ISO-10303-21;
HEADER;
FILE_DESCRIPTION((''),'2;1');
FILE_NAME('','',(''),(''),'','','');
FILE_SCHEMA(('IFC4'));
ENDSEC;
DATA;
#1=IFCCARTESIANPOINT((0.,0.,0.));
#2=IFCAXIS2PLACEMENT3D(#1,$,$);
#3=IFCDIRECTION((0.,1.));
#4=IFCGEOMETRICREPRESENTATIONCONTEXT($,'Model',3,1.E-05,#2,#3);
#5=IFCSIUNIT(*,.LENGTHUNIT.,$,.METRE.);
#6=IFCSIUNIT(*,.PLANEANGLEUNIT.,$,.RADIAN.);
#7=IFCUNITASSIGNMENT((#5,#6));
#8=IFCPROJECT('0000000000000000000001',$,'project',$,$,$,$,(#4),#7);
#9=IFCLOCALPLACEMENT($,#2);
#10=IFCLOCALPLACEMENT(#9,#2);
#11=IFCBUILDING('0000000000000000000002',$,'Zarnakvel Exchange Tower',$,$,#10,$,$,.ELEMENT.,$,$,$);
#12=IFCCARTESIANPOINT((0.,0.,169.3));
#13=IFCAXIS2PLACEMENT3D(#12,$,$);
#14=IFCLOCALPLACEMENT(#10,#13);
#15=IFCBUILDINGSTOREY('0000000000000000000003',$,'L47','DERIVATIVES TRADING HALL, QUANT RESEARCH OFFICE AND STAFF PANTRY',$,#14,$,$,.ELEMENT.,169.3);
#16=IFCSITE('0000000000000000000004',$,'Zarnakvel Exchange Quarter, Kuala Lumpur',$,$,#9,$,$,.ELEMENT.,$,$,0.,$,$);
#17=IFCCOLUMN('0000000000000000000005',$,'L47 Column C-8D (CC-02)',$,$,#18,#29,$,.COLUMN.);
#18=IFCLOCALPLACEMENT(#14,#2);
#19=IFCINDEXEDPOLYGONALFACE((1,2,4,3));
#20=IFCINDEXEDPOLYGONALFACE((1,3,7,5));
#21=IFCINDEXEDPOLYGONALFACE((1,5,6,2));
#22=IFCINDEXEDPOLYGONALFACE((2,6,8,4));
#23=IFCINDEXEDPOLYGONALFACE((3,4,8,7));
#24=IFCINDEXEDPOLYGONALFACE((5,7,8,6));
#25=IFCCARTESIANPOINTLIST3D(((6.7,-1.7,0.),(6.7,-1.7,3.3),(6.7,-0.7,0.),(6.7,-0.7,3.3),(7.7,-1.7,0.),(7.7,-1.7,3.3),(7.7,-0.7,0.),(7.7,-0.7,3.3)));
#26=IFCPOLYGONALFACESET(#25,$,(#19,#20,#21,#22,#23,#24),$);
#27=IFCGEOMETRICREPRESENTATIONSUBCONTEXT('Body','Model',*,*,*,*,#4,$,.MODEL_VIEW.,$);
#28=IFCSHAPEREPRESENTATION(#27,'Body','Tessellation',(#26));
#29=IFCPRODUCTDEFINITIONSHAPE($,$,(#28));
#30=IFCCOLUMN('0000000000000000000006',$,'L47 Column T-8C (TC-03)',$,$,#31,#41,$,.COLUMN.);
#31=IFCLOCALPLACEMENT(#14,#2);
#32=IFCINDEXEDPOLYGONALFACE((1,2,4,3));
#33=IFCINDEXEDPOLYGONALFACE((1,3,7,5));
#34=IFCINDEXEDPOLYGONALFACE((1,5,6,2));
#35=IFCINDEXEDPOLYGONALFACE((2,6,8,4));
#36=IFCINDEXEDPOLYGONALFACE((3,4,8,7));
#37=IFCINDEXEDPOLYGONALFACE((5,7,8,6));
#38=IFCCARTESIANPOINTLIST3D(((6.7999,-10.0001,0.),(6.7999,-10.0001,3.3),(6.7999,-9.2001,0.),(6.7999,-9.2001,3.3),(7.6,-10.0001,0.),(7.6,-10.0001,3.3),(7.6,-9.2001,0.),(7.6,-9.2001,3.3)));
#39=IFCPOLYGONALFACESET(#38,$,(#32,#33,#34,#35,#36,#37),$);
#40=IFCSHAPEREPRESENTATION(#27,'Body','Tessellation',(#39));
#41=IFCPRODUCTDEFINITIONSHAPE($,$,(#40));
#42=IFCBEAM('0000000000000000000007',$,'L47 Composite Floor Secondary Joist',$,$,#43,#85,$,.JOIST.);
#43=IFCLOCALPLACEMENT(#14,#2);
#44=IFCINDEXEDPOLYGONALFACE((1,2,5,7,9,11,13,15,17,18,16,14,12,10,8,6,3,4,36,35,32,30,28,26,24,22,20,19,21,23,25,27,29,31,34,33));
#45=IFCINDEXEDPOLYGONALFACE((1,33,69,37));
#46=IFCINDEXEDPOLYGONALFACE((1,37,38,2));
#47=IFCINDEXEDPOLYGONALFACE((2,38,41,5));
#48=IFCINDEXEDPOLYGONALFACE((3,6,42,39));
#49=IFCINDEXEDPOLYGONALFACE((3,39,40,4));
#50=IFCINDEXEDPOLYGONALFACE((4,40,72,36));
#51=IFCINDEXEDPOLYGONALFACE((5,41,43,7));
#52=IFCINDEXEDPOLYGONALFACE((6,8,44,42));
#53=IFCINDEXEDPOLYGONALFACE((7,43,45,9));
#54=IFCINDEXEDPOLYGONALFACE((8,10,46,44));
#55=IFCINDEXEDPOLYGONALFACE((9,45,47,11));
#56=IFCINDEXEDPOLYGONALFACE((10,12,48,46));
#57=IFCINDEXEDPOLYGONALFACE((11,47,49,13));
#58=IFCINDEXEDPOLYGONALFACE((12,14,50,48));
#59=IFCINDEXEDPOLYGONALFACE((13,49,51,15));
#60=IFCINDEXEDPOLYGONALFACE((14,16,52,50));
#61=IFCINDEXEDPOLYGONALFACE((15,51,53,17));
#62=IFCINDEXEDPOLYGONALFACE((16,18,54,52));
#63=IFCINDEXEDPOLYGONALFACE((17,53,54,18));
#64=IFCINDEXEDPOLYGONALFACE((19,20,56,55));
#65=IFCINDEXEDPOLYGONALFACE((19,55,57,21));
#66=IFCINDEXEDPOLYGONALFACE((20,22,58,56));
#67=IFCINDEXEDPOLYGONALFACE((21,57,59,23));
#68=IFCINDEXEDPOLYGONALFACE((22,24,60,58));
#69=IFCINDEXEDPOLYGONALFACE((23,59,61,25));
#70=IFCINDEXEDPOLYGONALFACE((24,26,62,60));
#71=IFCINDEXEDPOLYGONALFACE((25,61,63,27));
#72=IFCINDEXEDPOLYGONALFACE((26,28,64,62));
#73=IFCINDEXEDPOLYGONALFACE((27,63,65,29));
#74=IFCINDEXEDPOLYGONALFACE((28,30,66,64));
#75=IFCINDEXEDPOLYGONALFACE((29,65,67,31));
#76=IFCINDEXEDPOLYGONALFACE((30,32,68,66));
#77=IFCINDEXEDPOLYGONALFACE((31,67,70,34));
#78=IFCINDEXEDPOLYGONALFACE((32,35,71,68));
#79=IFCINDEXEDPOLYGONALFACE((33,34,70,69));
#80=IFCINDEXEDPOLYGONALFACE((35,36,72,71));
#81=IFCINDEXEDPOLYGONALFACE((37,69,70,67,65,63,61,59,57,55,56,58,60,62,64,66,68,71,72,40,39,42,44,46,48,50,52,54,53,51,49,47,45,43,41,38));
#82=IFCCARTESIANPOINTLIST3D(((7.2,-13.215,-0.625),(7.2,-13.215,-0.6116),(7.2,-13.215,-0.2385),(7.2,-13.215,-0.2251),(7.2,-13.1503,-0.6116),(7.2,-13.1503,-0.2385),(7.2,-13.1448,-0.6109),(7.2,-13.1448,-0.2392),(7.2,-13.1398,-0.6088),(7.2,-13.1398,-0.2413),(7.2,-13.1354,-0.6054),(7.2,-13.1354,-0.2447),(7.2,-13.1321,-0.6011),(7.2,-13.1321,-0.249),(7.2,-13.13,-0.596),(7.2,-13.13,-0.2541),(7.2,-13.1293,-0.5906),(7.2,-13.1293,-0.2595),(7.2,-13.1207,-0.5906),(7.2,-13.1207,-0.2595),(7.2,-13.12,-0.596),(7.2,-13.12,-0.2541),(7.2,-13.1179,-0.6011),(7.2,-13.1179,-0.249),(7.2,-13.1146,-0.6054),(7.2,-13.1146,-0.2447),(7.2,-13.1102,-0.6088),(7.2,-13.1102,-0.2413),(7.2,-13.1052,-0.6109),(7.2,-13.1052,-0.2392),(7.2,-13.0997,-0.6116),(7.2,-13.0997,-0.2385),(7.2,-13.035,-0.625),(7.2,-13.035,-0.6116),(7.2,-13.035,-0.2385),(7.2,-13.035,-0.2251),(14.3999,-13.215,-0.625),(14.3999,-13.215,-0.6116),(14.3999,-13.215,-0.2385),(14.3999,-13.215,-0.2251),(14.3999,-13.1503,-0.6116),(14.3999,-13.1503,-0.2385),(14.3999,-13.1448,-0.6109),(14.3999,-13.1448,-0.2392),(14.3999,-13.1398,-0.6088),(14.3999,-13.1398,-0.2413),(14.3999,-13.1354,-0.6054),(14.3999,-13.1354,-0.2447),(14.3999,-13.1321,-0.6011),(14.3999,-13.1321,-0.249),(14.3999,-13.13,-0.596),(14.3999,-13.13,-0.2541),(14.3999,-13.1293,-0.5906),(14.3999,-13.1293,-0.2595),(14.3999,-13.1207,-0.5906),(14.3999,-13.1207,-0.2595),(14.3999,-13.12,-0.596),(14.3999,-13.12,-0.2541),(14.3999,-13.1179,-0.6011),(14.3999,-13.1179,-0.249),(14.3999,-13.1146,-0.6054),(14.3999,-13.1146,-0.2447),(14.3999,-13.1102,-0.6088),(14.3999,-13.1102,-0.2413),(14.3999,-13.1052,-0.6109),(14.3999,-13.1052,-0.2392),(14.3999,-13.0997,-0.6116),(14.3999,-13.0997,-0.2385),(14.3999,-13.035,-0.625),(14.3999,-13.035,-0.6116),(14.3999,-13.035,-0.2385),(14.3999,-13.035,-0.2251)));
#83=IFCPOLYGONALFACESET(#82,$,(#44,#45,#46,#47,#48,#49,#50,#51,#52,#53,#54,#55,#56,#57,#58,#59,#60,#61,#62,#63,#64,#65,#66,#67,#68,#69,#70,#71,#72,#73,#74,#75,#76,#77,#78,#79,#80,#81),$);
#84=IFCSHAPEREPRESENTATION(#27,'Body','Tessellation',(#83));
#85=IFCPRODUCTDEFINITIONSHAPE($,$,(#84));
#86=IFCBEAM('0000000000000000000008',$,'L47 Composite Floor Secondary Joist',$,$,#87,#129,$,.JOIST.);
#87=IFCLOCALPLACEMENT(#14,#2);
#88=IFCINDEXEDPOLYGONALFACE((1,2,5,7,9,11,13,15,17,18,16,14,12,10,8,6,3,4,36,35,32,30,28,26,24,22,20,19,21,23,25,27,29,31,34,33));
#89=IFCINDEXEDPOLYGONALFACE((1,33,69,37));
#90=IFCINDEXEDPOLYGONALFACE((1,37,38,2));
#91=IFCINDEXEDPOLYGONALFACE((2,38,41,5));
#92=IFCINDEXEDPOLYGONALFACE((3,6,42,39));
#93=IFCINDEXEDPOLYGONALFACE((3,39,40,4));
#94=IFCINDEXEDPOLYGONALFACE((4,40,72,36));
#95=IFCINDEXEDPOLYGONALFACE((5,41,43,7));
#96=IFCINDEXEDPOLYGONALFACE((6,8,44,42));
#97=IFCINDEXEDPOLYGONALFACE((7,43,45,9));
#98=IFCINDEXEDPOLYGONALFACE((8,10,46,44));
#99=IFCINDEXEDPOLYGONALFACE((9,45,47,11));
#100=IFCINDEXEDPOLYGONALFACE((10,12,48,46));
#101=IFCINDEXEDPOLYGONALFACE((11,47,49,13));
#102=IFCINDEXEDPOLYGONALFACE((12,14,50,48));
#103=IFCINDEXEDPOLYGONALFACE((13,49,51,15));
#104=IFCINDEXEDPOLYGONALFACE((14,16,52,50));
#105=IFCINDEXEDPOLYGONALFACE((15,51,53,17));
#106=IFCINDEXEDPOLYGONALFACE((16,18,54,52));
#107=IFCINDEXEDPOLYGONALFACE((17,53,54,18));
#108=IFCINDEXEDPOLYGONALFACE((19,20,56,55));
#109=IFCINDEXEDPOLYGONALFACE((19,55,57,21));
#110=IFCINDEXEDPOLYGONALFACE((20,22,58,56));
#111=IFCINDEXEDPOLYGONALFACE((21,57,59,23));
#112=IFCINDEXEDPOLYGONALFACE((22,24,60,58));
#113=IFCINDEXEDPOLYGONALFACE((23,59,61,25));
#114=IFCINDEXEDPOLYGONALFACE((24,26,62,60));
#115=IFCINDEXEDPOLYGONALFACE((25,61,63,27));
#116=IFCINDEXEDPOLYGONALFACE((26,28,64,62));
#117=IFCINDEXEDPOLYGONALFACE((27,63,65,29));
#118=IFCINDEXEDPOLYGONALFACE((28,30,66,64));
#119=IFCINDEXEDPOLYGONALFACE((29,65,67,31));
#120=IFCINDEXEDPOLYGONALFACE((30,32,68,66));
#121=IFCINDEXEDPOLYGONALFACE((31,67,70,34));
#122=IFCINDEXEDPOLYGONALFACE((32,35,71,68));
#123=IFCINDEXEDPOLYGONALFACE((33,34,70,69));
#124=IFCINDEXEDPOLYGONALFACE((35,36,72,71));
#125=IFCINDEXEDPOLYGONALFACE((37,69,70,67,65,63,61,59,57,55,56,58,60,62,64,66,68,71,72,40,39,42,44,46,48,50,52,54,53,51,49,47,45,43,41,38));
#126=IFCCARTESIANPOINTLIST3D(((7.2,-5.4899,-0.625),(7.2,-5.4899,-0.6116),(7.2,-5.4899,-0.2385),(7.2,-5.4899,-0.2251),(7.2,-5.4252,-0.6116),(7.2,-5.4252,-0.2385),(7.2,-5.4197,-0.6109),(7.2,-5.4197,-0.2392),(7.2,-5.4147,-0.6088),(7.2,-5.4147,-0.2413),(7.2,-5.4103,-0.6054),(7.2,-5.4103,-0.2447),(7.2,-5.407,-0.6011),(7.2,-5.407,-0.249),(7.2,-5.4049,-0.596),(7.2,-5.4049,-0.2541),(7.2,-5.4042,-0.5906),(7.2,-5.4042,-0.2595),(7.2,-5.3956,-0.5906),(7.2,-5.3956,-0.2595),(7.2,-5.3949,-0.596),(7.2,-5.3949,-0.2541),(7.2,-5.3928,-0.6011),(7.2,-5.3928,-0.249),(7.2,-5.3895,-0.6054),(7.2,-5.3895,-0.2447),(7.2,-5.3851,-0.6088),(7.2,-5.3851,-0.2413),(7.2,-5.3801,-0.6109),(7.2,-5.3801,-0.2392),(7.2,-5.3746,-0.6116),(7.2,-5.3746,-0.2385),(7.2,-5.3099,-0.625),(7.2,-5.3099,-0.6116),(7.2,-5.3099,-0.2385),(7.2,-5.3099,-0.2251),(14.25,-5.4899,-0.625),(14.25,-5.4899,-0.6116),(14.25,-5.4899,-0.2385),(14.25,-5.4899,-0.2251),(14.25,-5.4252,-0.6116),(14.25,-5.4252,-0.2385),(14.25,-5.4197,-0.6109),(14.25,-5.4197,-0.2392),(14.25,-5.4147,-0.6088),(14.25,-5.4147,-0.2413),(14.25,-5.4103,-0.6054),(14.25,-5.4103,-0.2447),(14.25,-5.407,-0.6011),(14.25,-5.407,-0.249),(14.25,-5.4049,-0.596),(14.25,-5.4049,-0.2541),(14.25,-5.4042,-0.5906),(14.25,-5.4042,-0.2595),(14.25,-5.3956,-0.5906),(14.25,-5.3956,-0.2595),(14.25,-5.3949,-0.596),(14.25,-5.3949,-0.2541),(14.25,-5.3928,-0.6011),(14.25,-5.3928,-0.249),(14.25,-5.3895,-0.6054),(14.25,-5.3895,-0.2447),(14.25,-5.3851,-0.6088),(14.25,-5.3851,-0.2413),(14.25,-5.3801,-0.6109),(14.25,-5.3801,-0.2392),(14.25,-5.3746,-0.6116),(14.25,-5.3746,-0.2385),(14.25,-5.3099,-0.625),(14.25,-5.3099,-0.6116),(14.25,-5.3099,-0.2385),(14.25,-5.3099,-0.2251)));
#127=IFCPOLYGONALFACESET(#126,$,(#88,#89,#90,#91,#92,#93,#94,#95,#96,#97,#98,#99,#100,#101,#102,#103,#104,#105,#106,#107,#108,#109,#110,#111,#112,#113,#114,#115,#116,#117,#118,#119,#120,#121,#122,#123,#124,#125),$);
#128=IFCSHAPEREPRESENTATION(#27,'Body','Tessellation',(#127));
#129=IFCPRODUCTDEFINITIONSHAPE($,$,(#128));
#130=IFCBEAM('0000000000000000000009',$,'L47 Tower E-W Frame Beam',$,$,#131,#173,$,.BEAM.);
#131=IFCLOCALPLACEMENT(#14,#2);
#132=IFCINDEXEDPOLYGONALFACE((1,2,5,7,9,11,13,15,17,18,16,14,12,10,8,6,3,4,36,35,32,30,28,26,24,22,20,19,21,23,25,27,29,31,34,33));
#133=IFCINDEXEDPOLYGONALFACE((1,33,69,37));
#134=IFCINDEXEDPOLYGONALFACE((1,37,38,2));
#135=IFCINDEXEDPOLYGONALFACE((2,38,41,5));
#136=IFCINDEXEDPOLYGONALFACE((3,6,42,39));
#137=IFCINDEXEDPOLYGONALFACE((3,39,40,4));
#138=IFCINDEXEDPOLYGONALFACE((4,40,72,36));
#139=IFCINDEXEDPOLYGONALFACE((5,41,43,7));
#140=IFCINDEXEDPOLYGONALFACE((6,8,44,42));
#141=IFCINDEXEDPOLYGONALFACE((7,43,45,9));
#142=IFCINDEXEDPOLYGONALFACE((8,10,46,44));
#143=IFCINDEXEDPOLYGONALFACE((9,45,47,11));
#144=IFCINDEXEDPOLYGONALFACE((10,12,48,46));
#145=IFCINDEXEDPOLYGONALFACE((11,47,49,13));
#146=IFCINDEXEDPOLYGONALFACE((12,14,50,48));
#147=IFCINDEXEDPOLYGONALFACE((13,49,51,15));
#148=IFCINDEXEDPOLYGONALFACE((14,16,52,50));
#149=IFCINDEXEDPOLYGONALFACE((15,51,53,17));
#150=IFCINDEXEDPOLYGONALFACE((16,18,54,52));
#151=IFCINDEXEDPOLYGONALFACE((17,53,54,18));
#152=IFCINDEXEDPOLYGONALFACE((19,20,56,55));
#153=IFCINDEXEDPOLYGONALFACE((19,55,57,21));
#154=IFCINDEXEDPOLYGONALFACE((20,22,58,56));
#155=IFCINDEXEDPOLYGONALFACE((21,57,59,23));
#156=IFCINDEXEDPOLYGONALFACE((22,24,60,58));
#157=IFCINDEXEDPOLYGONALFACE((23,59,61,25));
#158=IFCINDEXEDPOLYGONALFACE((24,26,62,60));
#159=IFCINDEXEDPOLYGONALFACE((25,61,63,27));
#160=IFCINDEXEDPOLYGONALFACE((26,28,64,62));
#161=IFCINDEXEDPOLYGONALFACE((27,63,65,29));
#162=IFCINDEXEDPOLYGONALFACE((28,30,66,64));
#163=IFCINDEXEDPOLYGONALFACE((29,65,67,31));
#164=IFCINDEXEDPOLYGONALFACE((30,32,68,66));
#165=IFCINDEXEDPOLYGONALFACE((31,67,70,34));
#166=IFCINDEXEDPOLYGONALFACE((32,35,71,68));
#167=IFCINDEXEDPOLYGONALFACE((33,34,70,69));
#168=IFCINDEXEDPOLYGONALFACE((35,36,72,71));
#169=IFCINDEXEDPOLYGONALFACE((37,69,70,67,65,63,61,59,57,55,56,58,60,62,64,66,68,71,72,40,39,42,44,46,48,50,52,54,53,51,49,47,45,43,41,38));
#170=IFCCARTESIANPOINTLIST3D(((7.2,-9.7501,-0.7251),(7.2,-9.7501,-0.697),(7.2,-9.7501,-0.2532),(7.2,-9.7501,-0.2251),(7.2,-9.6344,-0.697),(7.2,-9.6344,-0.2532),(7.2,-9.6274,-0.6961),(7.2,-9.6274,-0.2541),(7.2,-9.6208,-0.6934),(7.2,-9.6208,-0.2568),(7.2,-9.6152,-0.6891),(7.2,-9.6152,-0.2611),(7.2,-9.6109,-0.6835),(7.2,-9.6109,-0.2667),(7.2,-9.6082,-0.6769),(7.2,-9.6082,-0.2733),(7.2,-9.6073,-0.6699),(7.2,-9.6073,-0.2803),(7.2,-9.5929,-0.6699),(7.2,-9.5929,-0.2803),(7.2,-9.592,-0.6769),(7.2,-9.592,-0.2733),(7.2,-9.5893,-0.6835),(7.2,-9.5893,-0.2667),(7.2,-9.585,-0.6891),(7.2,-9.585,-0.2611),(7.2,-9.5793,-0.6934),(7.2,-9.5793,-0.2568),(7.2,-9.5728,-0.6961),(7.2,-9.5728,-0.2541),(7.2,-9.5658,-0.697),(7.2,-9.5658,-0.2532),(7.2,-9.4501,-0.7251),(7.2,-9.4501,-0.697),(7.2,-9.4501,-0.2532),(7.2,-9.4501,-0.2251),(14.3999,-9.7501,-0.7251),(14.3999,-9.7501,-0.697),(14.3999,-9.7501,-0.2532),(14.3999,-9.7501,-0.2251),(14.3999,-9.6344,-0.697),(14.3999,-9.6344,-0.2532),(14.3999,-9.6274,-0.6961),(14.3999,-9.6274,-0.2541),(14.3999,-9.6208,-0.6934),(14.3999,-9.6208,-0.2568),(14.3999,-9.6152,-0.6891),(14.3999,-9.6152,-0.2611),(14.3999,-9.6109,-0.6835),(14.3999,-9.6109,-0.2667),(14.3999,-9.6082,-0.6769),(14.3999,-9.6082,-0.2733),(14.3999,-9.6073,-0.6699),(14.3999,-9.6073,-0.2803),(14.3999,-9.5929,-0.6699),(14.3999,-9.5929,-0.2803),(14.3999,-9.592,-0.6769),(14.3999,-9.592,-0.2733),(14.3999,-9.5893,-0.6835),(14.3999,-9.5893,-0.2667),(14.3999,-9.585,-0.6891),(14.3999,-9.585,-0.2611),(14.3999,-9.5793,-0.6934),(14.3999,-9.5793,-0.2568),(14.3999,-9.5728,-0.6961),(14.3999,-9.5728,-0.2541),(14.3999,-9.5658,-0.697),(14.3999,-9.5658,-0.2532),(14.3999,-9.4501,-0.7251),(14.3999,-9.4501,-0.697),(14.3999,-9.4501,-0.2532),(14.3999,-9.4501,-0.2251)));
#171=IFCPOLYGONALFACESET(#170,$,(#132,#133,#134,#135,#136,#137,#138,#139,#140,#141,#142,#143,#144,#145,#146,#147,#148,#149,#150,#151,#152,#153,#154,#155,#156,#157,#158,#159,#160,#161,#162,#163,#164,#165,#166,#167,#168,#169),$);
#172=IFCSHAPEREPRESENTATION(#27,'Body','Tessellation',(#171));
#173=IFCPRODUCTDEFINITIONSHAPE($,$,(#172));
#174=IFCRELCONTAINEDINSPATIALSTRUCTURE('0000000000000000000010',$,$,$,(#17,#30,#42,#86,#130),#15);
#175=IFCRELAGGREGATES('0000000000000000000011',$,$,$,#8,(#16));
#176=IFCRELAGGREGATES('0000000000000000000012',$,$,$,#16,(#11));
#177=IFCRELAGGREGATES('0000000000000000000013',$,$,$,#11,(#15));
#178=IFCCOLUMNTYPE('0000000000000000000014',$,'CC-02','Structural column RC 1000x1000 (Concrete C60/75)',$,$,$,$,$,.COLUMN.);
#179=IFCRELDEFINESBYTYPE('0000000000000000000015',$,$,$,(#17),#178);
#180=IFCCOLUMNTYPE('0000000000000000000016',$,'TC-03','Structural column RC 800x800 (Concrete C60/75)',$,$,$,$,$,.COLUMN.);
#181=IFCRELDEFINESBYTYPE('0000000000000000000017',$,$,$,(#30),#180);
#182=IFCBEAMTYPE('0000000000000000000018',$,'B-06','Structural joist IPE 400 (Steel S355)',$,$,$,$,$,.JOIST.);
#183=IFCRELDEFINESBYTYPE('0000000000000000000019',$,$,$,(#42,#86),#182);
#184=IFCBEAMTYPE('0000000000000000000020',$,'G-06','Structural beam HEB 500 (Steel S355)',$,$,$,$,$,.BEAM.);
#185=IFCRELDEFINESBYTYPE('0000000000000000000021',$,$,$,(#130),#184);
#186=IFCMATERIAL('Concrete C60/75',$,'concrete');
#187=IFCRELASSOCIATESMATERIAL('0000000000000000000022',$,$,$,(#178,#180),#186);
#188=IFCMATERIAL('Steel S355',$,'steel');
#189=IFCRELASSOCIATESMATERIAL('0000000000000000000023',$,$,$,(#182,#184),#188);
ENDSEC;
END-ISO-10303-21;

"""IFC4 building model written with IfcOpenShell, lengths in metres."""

from ifc_helpers import new_model, si_unit, direction, frame, origin, origin_2d, place, context, subcontext, project, spatial, rectangle, i_section, extrude, material, material_profile, profile_set, type_object, element, save


model = new_model("IFC4")

# Units and contexts
model_context = context("Model", 3, precision=1e-05, world=origin(), true_north=direction((0.0, 1.0)))
body_context = subcontext(model_context, "Body", "Model", "MODEL_VIEW")
ifc_project = project(units=[si_unit("LENGTHUNIT", "METRE"), si_unit("PLANEANGLEUNIT", "RADIAN")], contexts=[model_context])

# Site, building, storey
site_placement = place(None, origin())
site = spatial("IfcSite", under=ifc_project, at=site_placement, Name="Zarnakvel Exchange Quarter, Kuala Lumpur", CompositionType="ELEMENT", RefElevation=0.0)
building_placement = place(site_placement, origin())
building = spatial("IfcBuilding", under=site, at=building_placement, Name="Zarnakvel Exchange Tower", CompositionType="ELEMENT")
storey_placement = place(building_placement, frame((0.0, 0.0, 169.3)))
storey = spatial("IfcBuildingStorey", under=building, at=storey_placement, Name="L47", Description="DERIVATIVES TRADING HALL, QUANT RESEARCH OFFICE AND STAFF PANTRY", CompositionType="ELEMENT", Elevation=169.3)

# Columns
ifc_material_1 = material(Name="Concrete C60/75", Category="concrete")
ifc_material_profile_1 = material_profile(ifc_material_1, rectangle(XDim=1.0, YDim=1.0, at=origin_2d()))
ifc_profile_set_1 = profile_set([ifc_material_profile_1], Name="Concrete C60/75")
column_type_1 = type_object("IfcColumnType", Name="CC-02", Description="Structural column RC 1000x1000 (Concrete C60/75)", PredefinedType="COLUMN", material=ifc_profile_set_1)
column_1_placement = place(storey_placement, frame((7.2, -1.2, 0.0), z_axis=(0.0, 0.0, 1.0), x_axis=(1.0, 0.0, 0.0)))
element("IfcColumn", 1, at=column_1_placement, inside=storey, type_object=column_type_1, Name="L47 Column C-8D (CC-02)", PredefinedType="COLUMN", context=body_context, shape_type="SweptSolid", body=[
    extrude(rectangle(XDim=1.0, YDim=1.0, at=origin_2d()), origin(), (0.0, 0.0, 1.0), 3.3),
])
ifc_material_profile_2 = material_profile(ifc_material_1, rectangle(XDim=0.8, YDim=0.8, at=origin_2d()))
ifc_profile_set_2 = profile_set([ifc_material_profile_2], Name="Concrete C60/75")
column_type_2 = type_object("IfcColumnType", Name="TC-03", Description="Structural column RC 800x800 (Concrete C60/75)", PredefinedType="COLUMN", material=ifc_profile_set_2)
column_2_placement = place(storey_placement, frame((7.2, -9.6001, 0.0), z_axis=(0.0, 0.0, 1.0), x_axis=(1.0, 0.0, 0.0)))
element("IfcColumn", 2, at=column_2_placement, inside=storey, type_object=column_type_2, Name="L47 Column T-8C (TC-03)", PredefinedType="COLUMN", context=body_context, shape_type="SweptSolid", body=[
    extrude(rectangle(XDim=0.8, YDim=0.8, at=origin_2d()), origin(), (0.0, 0.0, 1.0), 3.3),
])

# Beams
ifc_material_2 = material(Name="Steel S355", Category="steel")
ifc_material_profile_3 = material_profile(ifc_material_2, i_section(OverallWidth=0.1799, OverallDepth=0.3999, WebThickness=0.0085, FlangeThickness=0.0134, FilletRadius=0.021, at=origin_2d()))
ifc_profile_set_3 = profile_set([ifc_material_profile_3], Name="Steel S355")
beam_type_1 = type_object("IfcBeamType", Name="B-06", Description="Structural joist IPE 400 (Steel S355)", PredefinedType="JOIST", material=ifc_profile_set_3)
beam_1_placement = place(storey_placement, frame((7.2, -13.125, -0.425), z_axis=(1.0, 0.0, 0.0), x_axis=(0.0, 1.0, 0.0)))
element("IfcBeam", 3, at=beam_1_placement, inside=storey, type_object=beam_type_1, Name="L47 Composite Floor Secondary Joist", PredefinedType="JOIST", context=body_context, shape_type="SweptSolid", body=[
    extrude(i_section(OverallWidth=0.1799, OverallDepth=0.3999, WebThickness=0.0085, FlangeThickness=0.0134, FilletRadius=0.021, at=origin_2d()), origin(), (0.0, 0.0, 1.0), 7.2),
])
beam_2_placement = place(storey_placement, frame((7.2, -5.3999, -0.425), z_axis=(1.0, 0.0, 0.0), x_axis=(0.0, 1.0, 0.0)))
element("IfcBeam", 4, at=beam_2_placement, inside=storey, type_object=beam_type_1, Name="L47 Composite Floor Secondary Joist", PredefinedType="JOIST", context=body_context, shape_type="SweptSolid", body=[
    extrude(i_section(OverallWidth=0.1799, OverallDepth=0.3999, WebThickness=0.0085, FlangeThickness=0.0134, FilletRadius=0.021, at=origin_2d()), origin(), (0.0, 0.0, 1.0), 7.05),
])
ifc_material_profile_4 = material_profile(ifc_material_2, i_section(OverallWidth=0.3, OverallDepth=0.5, WebThickness=0.0144, FlangeThickness=0.0281, FilletRadius=0.0271, at=origin_2d()))
ifc_profile_set_4 = profile_set([ifc_material_profile_4], Name="Steel S355")
beam_type_2 = type_object("IfcBeamType", Name="G-06", Description="Structural beam HEB 500 (Steel S355)", PredefinedType="BEAM", material=ifc_profile_set_4)
beam_3_placement = place(storey_placement, frame((7.2, -9.6001, -0.4751), z_axis=(1.0, 0.0, 0.0), x_axis=(0.0, 1.0, 0.0)))
element("IfcBeam", 5, at=beam_3_placement, inside=storey, type_object=beam_type_2, Name="L47 Tower E-W Frame Beam", PredefinedType="BEAM", context=body_context, shape_type="SweptSolid", body=[
    extrude(i_section(OverallWidth=0.3, OverallDepth=0.5, WebThickness=0.0144, FlangeThickness=0.0281, FilletRadius=0.0271, at=origin_2d()), origin(), (0.0, 0.0, 1.0), 7.2),
])

save(model, "model.ifc")
